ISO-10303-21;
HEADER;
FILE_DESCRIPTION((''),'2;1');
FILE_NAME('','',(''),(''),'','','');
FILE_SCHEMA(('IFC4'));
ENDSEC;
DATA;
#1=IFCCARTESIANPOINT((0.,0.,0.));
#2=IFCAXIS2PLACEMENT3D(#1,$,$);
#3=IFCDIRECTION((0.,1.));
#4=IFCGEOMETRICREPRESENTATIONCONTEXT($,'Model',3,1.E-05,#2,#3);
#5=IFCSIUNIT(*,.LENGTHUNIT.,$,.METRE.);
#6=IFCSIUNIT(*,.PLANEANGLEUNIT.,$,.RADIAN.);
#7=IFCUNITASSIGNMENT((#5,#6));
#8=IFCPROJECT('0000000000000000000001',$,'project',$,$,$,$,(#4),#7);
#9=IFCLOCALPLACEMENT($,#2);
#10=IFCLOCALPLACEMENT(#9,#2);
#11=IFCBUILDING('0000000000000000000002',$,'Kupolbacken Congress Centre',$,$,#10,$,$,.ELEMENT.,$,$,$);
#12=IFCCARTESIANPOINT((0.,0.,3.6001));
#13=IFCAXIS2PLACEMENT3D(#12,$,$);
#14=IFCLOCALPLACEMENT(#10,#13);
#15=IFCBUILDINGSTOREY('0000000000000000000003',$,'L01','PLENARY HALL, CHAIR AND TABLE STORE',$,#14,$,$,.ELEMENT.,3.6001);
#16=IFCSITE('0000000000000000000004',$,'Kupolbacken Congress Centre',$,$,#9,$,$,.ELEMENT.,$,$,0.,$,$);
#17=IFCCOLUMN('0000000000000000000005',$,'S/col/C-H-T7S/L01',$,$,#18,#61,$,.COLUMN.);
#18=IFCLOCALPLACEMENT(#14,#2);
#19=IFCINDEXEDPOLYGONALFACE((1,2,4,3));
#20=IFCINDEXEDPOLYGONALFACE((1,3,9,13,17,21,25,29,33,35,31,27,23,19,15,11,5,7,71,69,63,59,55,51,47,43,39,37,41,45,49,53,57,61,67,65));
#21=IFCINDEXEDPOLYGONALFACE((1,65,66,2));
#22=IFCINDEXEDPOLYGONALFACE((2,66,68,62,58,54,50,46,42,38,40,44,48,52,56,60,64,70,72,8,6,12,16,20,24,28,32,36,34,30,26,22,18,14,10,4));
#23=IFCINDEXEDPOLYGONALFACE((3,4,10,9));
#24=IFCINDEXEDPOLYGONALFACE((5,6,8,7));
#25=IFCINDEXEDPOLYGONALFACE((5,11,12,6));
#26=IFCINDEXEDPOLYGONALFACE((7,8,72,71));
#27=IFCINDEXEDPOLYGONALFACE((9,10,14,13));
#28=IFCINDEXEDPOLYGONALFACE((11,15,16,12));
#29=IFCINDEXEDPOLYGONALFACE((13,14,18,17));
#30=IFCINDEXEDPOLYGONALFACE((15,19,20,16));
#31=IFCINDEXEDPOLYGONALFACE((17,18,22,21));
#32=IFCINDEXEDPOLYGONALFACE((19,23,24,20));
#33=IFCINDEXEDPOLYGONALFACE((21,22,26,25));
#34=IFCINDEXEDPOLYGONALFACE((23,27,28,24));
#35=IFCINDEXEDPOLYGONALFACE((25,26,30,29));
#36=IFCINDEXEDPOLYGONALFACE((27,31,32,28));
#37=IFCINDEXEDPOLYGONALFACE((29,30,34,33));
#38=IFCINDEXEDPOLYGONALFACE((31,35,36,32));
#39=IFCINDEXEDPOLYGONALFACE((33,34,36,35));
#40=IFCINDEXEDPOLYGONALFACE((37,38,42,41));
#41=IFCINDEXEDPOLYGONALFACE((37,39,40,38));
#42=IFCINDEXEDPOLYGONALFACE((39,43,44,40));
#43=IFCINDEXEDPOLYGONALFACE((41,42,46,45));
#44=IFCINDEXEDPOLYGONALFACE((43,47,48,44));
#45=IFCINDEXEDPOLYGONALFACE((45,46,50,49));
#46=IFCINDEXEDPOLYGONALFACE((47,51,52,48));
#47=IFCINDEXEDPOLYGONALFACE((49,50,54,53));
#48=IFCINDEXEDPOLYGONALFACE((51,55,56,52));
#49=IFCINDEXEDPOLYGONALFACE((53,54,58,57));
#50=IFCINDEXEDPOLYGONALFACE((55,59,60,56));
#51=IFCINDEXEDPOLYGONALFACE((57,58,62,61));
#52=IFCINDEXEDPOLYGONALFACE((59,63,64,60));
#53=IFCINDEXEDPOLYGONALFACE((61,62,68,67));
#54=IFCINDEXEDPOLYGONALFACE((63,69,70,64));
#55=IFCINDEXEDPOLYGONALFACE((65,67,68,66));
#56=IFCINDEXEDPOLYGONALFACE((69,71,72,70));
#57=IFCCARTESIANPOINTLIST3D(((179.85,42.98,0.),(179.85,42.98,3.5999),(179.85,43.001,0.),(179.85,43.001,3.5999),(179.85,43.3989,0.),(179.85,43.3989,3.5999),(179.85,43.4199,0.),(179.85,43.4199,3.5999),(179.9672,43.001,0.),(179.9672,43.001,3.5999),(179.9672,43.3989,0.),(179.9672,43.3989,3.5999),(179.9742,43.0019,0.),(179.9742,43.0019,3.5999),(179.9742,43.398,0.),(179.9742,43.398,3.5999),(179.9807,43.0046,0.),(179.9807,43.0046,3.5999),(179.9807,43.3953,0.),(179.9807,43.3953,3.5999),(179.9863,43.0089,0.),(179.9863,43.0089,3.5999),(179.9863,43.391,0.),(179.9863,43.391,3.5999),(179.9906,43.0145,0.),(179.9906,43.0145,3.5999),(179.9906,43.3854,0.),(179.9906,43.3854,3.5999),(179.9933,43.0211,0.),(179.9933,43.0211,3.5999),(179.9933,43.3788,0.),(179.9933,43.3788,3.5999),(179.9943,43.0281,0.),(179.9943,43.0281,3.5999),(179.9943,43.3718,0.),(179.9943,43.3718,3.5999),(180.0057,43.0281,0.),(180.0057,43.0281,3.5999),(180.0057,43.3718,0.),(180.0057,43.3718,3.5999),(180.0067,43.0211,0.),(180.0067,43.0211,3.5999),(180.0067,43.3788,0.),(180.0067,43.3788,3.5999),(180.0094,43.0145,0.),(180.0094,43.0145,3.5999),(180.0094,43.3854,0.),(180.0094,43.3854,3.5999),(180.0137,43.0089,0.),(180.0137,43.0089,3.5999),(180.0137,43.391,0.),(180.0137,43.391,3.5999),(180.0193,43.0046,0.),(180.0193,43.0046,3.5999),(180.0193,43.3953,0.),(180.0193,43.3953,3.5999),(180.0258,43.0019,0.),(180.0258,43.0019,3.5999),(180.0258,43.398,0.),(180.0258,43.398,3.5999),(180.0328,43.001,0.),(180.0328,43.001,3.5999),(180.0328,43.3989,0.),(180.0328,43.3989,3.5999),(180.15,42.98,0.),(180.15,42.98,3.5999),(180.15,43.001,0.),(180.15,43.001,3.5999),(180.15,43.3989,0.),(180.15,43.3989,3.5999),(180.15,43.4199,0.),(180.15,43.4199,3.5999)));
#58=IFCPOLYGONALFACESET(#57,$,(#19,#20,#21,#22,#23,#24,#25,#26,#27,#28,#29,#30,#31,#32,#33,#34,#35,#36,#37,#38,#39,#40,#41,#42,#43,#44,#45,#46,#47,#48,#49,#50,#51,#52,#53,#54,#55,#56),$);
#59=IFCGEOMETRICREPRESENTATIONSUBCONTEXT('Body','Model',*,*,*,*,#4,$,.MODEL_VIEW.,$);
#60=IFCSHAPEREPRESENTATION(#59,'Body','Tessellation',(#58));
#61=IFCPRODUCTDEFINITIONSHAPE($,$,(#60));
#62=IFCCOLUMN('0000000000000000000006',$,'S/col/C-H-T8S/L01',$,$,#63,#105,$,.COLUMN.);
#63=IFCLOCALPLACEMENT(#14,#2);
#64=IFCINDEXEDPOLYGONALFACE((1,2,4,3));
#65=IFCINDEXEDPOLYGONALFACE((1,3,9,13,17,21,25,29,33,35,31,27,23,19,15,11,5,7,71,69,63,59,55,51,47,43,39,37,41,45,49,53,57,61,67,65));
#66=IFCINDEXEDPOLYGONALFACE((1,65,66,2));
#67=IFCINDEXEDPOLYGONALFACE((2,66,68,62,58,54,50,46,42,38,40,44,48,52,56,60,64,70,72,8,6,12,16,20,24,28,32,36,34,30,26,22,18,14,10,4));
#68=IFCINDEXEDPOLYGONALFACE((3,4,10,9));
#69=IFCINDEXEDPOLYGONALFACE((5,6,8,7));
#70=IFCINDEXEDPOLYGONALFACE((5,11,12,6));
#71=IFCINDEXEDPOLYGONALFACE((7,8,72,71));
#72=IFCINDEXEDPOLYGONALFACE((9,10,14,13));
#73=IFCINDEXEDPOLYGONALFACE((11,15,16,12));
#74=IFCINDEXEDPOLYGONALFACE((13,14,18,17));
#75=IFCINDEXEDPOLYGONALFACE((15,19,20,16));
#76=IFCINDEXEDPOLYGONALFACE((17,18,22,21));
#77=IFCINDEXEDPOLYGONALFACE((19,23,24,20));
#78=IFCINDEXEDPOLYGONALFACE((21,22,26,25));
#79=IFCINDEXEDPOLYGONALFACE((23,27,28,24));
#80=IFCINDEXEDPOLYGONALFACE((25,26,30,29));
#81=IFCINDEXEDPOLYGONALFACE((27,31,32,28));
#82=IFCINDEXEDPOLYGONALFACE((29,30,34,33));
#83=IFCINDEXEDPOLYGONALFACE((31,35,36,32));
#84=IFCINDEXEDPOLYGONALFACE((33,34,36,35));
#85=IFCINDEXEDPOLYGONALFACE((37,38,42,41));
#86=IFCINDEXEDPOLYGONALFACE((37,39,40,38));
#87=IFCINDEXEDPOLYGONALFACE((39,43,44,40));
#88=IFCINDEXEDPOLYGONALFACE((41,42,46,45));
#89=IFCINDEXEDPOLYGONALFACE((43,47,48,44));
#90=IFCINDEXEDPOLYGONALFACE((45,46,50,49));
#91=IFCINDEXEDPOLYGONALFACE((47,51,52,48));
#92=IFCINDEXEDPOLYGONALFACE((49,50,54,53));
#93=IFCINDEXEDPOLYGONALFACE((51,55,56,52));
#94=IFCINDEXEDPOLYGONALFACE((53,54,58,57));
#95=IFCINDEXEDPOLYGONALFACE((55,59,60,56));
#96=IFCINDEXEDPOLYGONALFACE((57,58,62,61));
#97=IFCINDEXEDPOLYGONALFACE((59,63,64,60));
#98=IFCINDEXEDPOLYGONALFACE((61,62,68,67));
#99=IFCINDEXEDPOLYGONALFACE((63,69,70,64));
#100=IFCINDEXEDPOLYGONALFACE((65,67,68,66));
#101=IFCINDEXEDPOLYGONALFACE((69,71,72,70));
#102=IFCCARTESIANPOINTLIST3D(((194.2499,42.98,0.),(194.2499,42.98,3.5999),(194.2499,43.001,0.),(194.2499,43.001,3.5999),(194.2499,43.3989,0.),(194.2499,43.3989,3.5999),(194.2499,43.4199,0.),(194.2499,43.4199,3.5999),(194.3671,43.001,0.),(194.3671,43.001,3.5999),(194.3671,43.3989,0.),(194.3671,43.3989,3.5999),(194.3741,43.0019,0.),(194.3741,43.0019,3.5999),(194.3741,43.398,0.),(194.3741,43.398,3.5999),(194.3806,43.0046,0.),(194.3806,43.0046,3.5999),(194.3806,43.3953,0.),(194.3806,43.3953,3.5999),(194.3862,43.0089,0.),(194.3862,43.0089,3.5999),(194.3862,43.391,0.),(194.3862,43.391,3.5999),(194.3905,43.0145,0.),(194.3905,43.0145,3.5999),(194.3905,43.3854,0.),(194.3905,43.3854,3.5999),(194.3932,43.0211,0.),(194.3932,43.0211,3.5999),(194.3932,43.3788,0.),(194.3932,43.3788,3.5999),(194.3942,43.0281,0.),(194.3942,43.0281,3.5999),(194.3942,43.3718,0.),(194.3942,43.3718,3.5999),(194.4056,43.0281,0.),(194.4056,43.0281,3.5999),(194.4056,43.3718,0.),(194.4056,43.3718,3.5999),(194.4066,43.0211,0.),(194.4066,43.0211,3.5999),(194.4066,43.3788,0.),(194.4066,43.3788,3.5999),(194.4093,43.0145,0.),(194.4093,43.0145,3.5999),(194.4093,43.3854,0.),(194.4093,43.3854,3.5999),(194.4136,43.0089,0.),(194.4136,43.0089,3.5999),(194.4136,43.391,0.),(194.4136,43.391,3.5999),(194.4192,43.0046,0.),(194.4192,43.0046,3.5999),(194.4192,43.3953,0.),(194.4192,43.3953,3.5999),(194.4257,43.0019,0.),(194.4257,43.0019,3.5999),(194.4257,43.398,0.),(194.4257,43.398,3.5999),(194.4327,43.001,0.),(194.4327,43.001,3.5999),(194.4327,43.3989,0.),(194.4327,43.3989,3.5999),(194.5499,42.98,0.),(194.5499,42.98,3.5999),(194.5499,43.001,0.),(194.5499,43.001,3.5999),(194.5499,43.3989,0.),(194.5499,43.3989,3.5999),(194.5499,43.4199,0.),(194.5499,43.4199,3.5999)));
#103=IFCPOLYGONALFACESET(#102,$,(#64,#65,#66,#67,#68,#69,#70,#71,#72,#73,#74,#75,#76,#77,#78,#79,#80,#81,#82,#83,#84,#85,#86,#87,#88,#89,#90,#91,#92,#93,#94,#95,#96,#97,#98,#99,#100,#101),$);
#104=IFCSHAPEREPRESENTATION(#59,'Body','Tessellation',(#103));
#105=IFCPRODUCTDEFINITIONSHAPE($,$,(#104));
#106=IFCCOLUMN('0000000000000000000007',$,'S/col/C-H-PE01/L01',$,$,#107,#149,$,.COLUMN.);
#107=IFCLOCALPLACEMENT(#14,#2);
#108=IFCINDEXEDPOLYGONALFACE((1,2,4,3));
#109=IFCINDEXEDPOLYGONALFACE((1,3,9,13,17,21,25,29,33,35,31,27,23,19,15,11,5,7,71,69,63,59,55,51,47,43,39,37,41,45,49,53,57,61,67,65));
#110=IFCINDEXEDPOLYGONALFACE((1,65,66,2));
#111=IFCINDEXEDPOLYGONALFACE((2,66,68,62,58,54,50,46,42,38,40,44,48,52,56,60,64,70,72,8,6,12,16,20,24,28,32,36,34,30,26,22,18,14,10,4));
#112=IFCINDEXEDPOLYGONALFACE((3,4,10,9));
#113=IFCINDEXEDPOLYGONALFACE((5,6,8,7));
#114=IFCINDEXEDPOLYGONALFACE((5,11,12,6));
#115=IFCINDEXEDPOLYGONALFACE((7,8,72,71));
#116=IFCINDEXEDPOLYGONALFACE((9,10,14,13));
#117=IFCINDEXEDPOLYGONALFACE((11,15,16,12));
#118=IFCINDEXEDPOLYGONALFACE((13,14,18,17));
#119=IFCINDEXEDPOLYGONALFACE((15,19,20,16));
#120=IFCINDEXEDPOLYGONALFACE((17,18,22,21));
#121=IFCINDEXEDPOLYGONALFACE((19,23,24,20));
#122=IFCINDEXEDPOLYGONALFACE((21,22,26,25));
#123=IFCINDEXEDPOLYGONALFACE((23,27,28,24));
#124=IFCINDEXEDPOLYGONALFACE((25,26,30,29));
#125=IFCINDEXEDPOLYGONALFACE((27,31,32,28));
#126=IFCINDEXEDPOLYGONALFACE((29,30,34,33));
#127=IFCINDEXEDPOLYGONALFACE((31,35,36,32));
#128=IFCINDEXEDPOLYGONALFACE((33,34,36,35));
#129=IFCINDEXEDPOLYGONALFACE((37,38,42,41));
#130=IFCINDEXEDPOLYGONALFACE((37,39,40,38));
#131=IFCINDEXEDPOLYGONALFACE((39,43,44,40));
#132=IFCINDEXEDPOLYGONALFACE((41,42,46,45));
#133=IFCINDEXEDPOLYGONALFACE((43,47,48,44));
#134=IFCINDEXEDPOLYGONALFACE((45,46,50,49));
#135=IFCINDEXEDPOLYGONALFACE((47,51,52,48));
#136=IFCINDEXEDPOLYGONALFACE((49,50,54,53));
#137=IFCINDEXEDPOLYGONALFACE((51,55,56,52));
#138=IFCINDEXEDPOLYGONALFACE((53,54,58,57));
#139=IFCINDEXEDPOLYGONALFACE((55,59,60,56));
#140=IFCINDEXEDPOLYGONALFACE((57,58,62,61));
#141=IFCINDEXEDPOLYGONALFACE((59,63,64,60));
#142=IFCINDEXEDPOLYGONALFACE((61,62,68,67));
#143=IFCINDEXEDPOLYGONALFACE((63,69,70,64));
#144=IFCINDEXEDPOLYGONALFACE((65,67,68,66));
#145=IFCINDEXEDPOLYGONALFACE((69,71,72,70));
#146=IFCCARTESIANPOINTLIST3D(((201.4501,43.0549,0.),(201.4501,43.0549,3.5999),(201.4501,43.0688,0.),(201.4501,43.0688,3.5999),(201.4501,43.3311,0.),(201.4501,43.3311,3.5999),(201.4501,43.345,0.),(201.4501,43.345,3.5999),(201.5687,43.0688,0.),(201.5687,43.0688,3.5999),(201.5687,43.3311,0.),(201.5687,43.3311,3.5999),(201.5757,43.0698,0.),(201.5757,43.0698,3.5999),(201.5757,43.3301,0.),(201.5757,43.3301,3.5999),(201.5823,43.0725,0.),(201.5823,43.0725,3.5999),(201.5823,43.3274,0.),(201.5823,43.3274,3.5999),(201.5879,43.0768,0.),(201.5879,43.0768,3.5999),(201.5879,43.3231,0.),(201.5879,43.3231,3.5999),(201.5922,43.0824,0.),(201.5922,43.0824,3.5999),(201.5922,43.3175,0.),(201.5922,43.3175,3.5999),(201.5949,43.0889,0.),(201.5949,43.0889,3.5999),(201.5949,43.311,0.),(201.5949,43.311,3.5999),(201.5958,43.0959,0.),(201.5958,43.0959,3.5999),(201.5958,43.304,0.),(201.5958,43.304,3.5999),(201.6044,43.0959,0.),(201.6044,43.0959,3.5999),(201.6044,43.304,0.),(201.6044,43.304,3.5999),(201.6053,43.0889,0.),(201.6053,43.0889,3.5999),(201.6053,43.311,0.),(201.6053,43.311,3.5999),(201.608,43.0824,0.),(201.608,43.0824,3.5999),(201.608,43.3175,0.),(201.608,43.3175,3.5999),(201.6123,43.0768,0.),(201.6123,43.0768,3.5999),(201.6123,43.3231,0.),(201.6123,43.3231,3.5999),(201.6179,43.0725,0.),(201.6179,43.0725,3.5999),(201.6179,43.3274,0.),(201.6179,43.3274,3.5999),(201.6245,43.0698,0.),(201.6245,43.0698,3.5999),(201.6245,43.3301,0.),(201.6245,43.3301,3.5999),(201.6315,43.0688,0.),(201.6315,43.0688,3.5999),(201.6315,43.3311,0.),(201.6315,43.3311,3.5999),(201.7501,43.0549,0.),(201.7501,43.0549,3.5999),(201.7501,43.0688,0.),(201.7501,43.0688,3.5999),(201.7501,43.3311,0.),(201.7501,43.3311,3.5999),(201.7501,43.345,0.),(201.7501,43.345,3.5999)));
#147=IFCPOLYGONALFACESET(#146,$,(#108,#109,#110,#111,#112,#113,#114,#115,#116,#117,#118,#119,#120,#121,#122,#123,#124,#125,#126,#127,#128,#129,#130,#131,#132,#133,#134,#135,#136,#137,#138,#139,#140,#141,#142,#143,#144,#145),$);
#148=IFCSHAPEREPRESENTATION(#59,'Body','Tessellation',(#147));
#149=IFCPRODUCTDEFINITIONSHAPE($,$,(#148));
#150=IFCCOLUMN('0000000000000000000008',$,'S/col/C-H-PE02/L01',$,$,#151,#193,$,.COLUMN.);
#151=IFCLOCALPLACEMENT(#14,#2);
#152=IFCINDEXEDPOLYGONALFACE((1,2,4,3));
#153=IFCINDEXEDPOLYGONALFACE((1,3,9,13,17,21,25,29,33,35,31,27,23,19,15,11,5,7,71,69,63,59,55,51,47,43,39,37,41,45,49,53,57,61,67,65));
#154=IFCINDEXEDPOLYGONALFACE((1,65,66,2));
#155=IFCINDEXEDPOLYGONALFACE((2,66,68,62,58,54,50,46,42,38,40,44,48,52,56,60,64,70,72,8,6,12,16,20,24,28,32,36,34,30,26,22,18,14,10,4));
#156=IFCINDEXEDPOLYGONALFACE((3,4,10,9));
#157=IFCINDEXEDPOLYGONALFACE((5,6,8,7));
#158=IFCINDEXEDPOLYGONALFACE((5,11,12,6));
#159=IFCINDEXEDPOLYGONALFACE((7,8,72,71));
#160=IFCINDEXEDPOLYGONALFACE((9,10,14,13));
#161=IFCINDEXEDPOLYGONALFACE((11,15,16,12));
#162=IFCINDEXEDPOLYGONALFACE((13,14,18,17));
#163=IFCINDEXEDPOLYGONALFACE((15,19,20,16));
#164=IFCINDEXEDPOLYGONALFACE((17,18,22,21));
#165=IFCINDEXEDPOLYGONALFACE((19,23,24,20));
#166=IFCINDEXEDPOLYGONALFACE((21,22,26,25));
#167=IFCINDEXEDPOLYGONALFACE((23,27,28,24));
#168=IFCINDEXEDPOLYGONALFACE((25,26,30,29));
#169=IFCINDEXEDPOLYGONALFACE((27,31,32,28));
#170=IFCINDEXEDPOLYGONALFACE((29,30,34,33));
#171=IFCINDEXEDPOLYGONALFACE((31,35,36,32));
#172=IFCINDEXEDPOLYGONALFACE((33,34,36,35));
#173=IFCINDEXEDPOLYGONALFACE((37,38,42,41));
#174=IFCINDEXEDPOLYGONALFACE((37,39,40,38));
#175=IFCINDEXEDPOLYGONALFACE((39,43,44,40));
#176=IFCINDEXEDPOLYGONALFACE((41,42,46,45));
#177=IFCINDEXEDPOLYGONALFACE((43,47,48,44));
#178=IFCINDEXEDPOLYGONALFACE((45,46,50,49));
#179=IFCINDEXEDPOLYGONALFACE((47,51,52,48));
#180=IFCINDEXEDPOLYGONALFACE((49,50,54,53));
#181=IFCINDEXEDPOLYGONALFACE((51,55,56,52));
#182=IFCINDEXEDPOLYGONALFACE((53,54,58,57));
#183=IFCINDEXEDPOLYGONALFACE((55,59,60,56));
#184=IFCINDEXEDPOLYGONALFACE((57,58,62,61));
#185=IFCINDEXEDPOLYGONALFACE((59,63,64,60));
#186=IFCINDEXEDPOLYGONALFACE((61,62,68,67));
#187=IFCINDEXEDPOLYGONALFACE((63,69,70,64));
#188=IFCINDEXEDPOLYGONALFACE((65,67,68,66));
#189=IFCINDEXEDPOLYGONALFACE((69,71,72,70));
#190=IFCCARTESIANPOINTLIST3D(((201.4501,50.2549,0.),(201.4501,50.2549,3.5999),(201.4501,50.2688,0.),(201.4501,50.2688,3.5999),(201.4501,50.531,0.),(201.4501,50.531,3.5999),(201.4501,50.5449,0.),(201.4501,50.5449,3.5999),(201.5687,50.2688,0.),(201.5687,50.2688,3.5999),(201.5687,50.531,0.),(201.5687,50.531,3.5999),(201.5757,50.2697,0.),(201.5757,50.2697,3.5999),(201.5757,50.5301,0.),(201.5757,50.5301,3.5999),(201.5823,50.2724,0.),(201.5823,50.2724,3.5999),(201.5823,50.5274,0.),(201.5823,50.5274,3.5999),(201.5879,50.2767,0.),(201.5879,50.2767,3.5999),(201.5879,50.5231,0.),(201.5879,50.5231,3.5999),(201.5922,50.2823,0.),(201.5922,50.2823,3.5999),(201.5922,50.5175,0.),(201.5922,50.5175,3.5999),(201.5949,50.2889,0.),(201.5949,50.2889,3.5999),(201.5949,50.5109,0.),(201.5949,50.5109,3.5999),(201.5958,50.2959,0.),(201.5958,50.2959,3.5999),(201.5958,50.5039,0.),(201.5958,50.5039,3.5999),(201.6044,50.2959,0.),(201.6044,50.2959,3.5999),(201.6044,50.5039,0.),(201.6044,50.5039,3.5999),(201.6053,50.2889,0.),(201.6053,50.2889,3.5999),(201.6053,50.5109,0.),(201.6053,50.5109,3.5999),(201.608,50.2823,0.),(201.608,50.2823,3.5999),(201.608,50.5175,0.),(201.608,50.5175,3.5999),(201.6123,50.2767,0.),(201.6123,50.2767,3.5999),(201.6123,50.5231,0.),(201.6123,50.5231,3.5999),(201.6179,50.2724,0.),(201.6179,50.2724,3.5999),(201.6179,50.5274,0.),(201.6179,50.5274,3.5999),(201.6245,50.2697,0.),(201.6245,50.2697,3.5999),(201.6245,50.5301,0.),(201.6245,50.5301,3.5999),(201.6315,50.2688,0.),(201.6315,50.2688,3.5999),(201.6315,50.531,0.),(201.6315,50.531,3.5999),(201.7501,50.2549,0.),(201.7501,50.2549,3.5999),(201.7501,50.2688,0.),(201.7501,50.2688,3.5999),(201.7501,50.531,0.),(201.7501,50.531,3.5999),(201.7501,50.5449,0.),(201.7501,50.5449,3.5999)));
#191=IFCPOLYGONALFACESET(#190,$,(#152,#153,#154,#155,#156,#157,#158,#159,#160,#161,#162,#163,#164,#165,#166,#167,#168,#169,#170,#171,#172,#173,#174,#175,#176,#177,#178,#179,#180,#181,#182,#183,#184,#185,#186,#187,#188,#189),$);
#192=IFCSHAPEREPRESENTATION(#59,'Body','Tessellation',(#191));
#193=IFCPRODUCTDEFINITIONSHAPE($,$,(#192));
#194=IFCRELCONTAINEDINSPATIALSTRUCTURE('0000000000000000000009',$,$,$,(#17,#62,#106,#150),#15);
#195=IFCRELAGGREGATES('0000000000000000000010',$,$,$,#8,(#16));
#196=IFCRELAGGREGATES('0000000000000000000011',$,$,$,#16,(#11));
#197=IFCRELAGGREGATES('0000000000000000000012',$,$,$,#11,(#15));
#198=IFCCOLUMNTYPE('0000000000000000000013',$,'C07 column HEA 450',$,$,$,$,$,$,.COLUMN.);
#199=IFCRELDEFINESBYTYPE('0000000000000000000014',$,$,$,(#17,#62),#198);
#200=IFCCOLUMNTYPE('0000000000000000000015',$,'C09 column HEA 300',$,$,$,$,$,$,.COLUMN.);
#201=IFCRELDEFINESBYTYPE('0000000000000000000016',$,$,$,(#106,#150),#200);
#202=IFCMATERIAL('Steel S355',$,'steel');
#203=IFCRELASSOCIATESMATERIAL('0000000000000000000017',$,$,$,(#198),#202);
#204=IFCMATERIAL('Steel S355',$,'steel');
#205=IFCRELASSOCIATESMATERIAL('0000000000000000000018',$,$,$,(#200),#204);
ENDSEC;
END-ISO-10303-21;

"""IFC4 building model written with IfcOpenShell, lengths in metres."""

from ifc_helpers import new_model, si_unit, direction, frame, origin, origin_2d, place, context, subcontext, project, spatial, i_section, extrude, material, material_profile, profile_set, type_object, element, save


model = new_model("IFC4")

# Units and contexts
model_context = context("Model", 3, precision=1e-05, world=origin(), true_north=direction((0.0, 1.0)))
body_context = subcontext(model_context, "Body", "Model", "MODEL_VIEW")
ifc_project = project(units=[si_unit("LENGTHUNIT", "METRE"), si_unit("PLANEANGLEUNIT", "RADIAN")], contexts=[model_context])

# Site, building, storey
site_placement = place(None, origin())
site = spatial("IfcSite", under=ifc_project, at=site_placement, Name="Kupolbacken Congress Centre", CompositionType="ELEMENT", RefElevation=0.0)
building_placement = place(site_placement, origin())
building = spatial("IfcBuilding", under=site, at=building_placement, Name="Kupolbacken Congress Centre", CompositionType="ELEMENT")
storey_placement = place(building_placement, frame((0.0, 0.0, 3.6001)))
storey = spatial("IfcBuildingStorey", under=building, at=storey_placement, Name="L01", Description="PLENARY HALL, CHAIR AND TABLE STORE", CompositionType="ELEMENT", Elevation=3.6001)

# Columns
ifc_material_1 = material(Name="Steel S355", Category="steel")
ifc_material_profile_1 = material_profile(ifc_material_1, i_section(OverallWidth=0.3, OverallDepth=0.4399, WebThickness=0.0115, FlangeThickness=0.021, FilletRadius=0.0271, at=origin_2d()), Name="HEA 450")
ifc_profile_set_1 = profile_set([ifc_material_profile_1], Name="Steel S355")
column_type_1 = type_object("IfcColumnType", Name="C07 column HEA 450", PredefinedType="COLUMN", material=ifc_profile_set_1)
for number, where, z_axis, x_axis, name in (
    (1, (180.0, 43.2, 0.0), (0.0, 0.0, 1.0), (1.0, 0.0, 0.0), "S/col/C-H-T7S/L01"),
    (2, (194.3999, 43.2, 0.0), (0.0, 0.0, 1.0), (1.0, 0.0, 0.0), "S/col/C-H-T8S/L01"),
):
    element("IfcColumn", number, at=place(storey_placement, frame(where, z_axis=z_axis, x_axis=x_axis)), inside=storey, type_object=column_type_1, Name=name, PredefinedType="COLUMN", context=body_context, shape_type="SweptSolid", body=[
        extrude(i_section(OverallWidth=0.3, OverallDepth=0.4399, WebThickness=0.0115, FlangeThickness=0.021, FilletRadius=0.0271, at=origin_2d()), origin(), (0.0, 0.0, 1.0), 3.5999),
    ])
ifc_material_2 = material(Name="Steel S355", Category="steel")
ifc_material_profile_2 = material_profile(ifc_material_2, i_section(OverallWidth=0.3, OverallDepth=0.29, WebThickness=0.0085, FlangeThickness=0.0139, FilletRadius=0.0271, at=origin_2d()), Name="HEA 300")
ifc_profile_set_2 = profile_set([ifc_material_profile_2], Name="Steel S355")
column_type_2 = type_object("IfcColumnType", Name="C09 column HEA 300", PredefinedType="COLUMN", material=ifc_profile_set_2)
for number, where, z_axis, x_axis, name in (
    (3, (201.6001, 43.2, 0.0), (0.0, 0.0, 1.0), (1.0, 0.0, 0.0), "S/col/C-H-PE01/L01"),
    (4, (201.6001, 50.3999, 0.0), (0.0, 0.0, 1.0), (1.0, 0.0, 0.0), "S/col/C-H-PE02/L01"),
):
    element("IfcColumn", number, at=place(storey_placement, frame(where, z_axis=z_axis, x_axis=x_axis)), inside=storey, type_object=column_type_2, Name=name, PredefinedType="COLUMN", context=body_context, shape_type="SweptSolid", body=[
        extrude(i_section(OverallWidth=0.3, OverallDepth=0.29, WebThickness=0.0085, FlangeThickness=0.0139, FilletRadius=0.0271, at=origin_2d()), origin(), (0.0, 0.0, 1.0), 3.5999),
    ])

save(model, "model.ifc")
